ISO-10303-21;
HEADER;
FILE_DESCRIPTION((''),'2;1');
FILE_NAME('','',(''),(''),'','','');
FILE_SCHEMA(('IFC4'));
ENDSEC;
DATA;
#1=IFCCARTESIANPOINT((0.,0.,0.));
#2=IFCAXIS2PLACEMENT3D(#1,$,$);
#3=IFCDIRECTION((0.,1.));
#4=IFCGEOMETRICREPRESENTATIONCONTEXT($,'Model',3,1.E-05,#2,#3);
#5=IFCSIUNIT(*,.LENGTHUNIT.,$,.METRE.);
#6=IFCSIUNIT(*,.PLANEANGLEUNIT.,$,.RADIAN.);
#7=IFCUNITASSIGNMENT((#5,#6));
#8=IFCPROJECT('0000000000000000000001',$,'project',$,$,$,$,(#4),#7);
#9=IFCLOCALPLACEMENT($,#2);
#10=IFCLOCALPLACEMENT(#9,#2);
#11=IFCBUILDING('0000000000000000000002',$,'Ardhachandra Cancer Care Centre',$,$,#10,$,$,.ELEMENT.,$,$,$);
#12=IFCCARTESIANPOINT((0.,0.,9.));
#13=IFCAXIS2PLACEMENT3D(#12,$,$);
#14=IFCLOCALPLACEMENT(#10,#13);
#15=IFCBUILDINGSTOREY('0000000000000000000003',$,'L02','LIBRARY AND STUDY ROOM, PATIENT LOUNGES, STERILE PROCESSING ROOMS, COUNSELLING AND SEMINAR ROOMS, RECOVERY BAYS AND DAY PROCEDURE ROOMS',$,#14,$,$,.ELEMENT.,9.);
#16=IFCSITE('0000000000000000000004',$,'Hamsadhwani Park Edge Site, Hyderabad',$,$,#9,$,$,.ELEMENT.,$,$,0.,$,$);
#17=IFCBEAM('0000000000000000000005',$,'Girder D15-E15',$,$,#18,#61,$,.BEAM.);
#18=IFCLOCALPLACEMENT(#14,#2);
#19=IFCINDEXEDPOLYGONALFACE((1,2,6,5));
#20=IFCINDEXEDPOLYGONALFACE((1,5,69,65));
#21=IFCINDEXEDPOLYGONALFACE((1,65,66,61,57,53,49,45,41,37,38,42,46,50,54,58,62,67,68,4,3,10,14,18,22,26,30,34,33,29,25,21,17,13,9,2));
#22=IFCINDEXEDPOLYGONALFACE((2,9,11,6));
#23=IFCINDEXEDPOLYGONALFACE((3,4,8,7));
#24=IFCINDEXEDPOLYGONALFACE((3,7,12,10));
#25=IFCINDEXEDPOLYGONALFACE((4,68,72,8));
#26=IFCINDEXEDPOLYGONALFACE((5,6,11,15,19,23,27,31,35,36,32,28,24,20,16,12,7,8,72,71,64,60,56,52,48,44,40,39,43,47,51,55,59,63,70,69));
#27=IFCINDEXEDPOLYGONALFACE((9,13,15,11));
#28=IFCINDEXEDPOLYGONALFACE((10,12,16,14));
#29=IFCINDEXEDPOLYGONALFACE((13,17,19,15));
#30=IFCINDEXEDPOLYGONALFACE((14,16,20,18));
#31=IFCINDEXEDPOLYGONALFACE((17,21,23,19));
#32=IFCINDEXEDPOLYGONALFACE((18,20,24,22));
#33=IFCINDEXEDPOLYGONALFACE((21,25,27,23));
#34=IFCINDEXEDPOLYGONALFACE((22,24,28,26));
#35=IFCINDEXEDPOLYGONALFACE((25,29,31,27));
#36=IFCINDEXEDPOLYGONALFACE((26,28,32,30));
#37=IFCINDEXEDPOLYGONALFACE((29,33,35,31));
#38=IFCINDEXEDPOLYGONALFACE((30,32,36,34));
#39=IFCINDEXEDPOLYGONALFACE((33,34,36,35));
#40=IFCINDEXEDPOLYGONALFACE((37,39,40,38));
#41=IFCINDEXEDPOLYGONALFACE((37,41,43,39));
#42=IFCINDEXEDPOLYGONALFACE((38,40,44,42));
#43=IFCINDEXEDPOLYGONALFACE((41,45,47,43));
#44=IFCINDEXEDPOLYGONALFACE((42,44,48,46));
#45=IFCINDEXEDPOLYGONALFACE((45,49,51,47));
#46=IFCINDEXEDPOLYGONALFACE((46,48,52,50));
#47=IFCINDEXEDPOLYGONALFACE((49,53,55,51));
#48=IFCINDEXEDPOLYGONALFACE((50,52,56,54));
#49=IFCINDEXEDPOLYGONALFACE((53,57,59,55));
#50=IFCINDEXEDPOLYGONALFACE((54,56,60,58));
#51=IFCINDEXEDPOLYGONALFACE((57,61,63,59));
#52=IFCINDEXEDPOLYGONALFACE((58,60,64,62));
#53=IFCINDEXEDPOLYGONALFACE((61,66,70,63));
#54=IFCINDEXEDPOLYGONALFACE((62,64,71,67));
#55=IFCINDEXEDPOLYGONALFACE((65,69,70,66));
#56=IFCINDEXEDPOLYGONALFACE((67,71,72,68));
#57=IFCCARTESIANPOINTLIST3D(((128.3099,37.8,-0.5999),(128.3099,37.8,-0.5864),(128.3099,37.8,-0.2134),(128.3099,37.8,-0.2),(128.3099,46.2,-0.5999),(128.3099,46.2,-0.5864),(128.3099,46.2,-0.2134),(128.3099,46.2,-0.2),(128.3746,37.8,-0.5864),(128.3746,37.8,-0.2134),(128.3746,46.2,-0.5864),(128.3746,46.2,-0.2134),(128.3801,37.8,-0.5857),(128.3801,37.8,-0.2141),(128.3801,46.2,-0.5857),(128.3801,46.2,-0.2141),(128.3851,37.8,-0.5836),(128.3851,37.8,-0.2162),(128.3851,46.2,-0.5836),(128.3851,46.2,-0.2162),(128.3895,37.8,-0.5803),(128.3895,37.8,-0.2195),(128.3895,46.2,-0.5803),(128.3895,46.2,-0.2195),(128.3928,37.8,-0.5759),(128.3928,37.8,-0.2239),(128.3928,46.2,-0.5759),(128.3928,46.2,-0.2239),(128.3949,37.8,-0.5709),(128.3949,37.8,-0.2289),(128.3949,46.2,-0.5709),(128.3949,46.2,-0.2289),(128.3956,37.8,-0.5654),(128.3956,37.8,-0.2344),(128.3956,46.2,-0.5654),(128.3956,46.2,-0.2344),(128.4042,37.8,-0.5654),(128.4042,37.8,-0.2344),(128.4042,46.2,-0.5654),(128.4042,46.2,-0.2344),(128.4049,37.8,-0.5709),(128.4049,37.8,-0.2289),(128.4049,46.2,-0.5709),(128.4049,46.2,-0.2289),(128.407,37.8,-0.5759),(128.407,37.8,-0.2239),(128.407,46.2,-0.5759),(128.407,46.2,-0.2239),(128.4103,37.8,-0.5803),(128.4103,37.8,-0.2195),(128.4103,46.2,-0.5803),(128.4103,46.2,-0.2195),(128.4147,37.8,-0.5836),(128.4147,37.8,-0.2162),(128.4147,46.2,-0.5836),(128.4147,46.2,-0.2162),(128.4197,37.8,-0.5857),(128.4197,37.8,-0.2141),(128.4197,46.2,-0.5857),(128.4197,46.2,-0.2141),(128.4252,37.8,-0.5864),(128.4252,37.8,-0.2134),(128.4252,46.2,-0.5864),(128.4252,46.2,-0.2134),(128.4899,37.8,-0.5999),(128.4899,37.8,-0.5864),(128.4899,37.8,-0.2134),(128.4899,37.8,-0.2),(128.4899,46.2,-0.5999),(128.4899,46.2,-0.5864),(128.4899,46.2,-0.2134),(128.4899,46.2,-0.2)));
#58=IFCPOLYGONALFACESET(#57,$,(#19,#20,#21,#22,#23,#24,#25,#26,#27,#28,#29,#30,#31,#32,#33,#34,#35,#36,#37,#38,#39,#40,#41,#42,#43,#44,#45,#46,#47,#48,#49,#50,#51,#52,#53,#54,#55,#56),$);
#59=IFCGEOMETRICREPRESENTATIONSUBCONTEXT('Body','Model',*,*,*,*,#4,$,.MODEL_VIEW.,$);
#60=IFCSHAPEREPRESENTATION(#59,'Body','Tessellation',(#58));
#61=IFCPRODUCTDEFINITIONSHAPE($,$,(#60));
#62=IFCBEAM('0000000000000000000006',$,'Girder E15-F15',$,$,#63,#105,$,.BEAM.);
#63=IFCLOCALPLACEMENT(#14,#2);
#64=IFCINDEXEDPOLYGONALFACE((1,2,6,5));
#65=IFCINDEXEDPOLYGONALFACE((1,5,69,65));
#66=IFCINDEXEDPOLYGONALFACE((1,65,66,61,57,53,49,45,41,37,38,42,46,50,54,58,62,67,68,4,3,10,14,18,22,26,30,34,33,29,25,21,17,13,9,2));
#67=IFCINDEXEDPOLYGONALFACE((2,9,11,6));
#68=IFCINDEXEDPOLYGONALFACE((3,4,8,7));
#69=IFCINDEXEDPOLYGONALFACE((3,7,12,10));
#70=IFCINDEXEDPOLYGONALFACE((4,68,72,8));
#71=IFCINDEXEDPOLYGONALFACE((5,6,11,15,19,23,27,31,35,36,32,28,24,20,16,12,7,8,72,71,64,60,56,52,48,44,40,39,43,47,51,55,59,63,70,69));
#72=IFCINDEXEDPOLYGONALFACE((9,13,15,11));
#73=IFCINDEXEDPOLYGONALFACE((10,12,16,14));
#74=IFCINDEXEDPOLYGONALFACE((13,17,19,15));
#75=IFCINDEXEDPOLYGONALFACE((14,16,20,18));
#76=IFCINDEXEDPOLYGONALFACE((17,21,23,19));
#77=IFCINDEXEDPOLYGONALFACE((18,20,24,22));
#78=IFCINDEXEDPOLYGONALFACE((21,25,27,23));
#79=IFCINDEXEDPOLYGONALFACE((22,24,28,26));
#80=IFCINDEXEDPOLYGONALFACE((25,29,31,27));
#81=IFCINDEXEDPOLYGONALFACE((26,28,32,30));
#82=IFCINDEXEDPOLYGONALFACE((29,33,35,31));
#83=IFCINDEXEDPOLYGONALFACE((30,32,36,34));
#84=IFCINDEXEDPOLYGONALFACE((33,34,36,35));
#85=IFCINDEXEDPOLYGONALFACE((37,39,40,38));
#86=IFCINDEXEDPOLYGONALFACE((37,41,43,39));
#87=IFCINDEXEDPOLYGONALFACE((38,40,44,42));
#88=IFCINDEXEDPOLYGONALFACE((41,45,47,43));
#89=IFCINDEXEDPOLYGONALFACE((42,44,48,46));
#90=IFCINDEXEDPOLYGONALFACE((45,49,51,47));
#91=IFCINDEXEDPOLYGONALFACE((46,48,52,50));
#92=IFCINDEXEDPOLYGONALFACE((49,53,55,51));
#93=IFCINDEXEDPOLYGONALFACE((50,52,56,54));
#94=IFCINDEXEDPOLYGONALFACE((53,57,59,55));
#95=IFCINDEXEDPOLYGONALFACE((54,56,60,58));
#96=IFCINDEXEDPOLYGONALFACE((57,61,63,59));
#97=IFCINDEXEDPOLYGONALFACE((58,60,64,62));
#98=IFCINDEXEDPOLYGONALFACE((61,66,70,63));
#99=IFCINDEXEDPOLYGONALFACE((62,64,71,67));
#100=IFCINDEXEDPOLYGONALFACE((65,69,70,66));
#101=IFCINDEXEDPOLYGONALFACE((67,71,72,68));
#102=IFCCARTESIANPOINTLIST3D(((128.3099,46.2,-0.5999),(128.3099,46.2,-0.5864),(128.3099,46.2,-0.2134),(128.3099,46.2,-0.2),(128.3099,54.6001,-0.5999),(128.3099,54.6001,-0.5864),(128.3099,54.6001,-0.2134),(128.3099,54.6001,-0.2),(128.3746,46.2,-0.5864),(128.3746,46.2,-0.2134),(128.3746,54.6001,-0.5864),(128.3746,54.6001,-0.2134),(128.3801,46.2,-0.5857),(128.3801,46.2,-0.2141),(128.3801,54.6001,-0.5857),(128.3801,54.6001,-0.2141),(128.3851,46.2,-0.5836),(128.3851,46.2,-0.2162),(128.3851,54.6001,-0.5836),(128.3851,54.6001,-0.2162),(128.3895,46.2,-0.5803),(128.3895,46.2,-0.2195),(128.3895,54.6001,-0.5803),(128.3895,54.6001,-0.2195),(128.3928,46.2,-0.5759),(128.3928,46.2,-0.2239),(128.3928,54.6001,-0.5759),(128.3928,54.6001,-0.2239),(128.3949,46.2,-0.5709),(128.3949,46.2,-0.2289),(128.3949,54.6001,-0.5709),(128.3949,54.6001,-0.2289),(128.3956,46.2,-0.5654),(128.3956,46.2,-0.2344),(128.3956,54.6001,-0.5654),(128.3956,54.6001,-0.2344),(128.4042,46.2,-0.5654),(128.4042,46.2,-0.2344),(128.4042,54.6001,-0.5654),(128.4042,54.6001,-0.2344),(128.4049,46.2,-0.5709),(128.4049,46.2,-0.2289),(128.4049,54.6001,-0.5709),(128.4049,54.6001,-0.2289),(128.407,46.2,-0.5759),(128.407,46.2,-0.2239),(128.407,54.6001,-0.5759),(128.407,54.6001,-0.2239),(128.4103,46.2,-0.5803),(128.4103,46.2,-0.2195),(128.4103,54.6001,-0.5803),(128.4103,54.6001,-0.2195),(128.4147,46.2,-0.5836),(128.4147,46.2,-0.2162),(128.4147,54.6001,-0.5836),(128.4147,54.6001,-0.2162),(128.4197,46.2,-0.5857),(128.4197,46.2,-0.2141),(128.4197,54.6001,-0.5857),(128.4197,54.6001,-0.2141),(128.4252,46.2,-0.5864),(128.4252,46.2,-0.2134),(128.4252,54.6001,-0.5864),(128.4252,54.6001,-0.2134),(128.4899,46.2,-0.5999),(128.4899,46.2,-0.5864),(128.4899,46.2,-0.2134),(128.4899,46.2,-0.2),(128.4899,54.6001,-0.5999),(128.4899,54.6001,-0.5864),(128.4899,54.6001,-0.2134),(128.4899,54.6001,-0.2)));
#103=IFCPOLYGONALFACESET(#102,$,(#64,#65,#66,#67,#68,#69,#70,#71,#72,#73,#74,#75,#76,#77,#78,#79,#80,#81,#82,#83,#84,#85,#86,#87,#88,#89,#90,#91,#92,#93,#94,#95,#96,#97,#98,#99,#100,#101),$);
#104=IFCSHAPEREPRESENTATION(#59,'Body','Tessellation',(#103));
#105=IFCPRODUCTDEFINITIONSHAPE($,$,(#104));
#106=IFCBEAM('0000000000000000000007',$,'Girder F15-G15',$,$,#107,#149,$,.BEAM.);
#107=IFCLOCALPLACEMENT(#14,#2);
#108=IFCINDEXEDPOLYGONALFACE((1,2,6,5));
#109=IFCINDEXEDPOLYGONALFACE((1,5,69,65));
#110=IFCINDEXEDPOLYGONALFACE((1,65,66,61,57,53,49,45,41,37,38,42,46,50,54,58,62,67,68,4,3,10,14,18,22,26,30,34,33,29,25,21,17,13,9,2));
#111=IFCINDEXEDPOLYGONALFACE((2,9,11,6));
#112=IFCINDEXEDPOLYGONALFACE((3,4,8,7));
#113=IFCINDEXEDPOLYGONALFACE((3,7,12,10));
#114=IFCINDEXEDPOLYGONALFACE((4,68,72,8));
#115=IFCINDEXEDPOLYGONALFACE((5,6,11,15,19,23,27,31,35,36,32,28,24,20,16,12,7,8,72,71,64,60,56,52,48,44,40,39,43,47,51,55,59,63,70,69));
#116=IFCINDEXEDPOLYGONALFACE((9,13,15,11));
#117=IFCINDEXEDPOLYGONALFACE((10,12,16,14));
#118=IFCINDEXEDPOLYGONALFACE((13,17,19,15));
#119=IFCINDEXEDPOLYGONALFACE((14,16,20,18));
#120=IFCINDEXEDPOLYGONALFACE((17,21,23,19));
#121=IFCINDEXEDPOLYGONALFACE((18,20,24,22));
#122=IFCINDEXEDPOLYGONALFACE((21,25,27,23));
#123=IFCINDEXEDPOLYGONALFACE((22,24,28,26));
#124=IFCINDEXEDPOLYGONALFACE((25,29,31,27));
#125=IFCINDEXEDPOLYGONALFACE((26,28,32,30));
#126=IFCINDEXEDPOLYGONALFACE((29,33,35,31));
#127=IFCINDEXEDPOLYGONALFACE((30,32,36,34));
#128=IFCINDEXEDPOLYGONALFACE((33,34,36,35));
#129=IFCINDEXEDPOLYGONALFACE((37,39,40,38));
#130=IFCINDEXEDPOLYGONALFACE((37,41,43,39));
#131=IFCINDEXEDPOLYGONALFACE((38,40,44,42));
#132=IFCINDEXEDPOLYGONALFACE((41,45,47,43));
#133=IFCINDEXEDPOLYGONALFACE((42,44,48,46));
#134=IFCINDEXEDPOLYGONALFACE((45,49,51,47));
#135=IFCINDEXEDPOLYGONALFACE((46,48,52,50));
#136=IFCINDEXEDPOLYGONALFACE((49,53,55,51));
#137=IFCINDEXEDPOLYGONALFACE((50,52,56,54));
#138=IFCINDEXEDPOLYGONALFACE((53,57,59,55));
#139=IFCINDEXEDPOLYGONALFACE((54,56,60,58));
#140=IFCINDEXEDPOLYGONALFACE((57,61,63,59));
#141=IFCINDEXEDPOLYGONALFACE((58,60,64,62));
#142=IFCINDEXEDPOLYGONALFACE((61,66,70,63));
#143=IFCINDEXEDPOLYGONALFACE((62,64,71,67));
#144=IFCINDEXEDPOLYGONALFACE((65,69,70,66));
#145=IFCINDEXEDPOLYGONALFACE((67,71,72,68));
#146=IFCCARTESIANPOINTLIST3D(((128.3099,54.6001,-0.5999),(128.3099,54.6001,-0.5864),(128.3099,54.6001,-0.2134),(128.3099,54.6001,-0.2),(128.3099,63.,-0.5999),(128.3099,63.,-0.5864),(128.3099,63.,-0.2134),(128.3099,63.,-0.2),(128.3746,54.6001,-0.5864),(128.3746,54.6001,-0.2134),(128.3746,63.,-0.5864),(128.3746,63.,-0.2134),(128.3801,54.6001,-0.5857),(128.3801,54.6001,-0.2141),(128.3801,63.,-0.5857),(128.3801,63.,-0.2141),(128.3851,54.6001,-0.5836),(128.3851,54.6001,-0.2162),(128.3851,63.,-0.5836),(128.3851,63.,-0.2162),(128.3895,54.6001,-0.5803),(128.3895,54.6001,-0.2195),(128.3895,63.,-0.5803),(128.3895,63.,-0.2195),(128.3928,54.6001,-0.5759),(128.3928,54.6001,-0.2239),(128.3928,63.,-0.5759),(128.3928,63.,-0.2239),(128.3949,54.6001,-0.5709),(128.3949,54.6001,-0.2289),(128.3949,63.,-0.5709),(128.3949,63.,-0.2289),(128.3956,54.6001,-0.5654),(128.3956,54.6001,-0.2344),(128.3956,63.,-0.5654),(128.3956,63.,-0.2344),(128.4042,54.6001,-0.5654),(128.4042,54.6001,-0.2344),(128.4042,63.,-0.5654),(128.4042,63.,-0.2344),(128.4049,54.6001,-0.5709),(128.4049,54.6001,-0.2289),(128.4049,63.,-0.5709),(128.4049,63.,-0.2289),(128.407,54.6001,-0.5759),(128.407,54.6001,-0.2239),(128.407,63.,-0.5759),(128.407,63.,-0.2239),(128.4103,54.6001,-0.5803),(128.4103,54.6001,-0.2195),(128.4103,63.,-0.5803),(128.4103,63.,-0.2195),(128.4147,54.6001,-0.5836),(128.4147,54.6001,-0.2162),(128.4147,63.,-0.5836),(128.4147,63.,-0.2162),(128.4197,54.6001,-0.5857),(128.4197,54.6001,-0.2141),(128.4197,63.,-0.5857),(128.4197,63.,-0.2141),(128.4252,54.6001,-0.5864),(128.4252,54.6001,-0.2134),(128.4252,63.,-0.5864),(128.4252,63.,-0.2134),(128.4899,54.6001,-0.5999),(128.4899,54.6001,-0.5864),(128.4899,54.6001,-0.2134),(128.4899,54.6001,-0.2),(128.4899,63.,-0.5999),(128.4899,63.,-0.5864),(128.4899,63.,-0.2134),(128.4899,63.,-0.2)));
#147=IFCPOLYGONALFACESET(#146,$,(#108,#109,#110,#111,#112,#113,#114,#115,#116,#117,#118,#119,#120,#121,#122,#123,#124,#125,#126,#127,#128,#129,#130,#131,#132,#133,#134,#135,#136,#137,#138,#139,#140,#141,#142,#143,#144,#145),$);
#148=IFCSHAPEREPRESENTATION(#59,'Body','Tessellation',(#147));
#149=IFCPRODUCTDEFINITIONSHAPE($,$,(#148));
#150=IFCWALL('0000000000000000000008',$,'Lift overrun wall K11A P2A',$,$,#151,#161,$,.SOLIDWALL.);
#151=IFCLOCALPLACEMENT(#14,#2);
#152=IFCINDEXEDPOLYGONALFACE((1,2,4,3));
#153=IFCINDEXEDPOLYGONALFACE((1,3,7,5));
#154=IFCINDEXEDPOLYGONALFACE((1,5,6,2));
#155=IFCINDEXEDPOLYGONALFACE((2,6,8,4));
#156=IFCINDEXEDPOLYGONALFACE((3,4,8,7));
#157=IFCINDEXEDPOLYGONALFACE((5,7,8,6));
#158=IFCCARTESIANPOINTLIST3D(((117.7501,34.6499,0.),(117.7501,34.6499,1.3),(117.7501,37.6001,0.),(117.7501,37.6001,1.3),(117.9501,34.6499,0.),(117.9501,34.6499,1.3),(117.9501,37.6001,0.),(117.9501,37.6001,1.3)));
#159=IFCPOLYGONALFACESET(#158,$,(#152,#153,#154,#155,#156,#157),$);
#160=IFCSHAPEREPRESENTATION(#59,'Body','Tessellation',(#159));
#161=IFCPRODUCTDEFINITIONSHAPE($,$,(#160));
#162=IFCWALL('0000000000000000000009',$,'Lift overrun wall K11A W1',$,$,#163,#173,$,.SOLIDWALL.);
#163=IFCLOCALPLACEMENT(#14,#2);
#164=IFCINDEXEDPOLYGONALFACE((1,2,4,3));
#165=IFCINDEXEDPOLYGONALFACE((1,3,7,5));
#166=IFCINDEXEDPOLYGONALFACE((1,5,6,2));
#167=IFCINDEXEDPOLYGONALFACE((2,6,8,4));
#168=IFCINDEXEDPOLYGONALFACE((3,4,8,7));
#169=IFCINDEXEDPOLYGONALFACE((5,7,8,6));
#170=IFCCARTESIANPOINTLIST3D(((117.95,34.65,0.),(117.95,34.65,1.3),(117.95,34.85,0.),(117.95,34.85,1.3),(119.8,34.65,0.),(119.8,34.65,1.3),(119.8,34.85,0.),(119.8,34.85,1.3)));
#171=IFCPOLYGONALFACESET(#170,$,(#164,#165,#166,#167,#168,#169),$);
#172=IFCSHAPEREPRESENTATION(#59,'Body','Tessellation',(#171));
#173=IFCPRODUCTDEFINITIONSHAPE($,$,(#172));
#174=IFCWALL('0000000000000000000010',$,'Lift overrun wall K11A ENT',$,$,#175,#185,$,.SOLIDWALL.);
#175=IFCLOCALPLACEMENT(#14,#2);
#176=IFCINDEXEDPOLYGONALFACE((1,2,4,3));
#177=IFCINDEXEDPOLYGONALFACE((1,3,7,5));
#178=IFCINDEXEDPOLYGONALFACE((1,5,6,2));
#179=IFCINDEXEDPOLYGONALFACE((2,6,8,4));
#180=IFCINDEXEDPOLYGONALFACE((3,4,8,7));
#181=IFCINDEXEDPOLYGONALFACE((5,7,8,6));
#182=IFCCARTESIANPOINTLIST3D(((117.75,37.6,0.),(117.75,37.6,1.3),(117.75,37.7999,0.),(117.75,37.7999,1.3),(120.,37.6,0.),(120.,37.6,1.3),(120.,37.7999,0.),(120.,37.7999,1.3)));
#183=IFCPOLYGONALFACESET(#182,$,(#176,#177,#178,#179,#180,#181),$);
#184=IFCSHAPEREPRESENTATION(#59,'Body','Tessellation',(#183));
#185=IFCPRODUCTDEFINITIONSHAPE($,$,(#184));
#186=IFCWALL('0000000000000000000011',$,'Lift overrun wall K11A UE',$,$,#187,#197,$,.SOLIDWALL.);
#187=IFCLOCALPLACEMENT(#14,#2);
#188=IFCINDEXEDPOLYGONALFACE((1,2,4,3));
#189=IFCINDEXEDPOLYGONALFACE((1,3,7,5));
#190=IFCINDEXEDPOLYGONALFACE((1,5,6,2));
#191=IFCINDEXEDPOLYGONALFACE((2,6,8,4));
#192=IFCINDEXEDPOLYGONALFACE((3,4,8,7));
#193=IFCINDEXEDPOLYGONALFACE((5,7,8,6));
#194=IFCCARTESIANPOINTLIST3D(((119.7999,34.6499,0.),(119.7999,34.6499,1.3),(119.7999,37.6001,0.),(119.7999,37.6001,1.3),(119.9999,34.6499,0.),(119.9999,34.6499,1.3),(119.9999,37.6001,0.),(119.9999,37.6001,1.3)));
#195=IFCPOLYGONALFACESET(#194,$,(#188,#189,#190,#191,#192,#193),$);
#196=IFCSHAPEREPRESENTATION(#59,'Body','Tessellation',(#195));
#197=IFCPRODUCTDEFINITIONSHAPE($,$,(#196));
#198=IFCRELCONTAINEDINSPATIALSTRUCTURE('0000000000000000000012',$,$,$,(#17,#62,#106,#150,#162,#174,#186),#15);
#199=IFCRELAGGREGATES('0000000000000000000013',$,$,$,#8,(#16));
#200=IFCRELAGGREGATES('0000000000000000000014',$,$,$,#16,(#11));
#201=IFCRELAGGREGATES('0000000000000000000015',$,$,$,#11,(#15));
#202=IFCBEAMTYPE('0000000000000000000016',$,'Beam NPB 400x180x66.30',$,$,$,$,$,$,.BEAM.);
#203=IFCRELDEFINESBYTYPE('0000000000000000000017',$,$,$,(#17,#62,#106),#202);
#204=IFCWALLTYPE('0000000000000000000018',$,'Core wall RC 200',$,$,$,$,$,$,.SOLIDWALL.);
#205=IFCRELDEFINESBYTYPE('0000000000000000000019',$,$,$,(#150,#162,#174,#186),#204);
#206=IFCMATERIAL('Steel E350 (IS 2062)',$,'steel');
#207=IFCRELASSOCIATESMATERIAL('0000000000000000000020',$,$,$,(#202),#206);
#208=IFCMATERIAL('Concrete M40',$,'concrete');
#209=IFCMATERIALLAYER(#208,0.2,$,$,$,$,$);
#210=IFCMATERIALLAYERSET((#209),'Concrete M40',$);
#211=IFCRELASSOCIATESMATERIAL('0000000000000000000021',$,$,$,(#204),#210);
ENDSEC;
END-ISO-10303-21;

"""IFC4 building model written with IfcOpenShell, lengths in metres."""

from ifc_helpers import new_model, si_unit, direction, frame, frame_2d, origin, origin_2d, place, context, subcontext, project, spatial, rectangle, i_section, extrude, material, layer, layer_set, material_profile, profile_set, type_object, element, save


model = new_model("IFC4")

# Units and contexts
model_context = context("Model", 3, precision=1e-05, world=origin(), true_north=direction((0.0, 1.0)))
body_context = subcontext(model_context, "Body", "Model", "MODEL_VIEW")
ifc_project = project(units=[si_unit("LENGTHUNIT", "METRE"), si_unit("PLANEANGLEUNIT", "RADIAN")], contexts=[model_context])

# Site, building, storey
site_placement = place(None, origin())
site = spatial("IfcSite", under=ifc_project, at=site_placement, Name="Hamsadhwani Park Edge Site, Hyderabad", CompositionType="ELEMENT", RefElevation=0.0)
building_placement = place(site_placement, origin())
building = spatial("IfcBuilding", under=site, at=building_placement, Name="Ardhachandra Cancer Care Centre", CompositionType="ELEMENT")
storey_placement = place(building_placement, frame((0.0, 0.0, 9.0)))
storey = spatial("IfcBuildingStorey", under=building, at=storey_placement, Name="L02", Description="LIBRARY AND STUDY ROOM, PATIENT LOUNGES, STERILE PROCESSING ROOMS, COUNSELLING AND SEMINAR ROOMS, RECOVERY BAYS AND DAY PROCEDURE ROOMS", CompositionType="ELEMENT", Elevation=9.0)

# Beams
ifc_material_1 = material(Name="Steel E350 (IS 2062)", Category="steel")
ifc_material_profile_1 = material_profile(ifc_material_1, i_section(OverallWidth=0.1799, OverallDepth=0.3999, WebThickness=0.0085, FlangeThickness=0.0134, FilletRadius=0.021, at=origin_2d()), Name="NPB 400x180x66.30")
ifc_profile_set_1 = profile_set([ifc_material_profile_1], Name="Steel E350 (IS 2062)")
beam_type_1 = type_object("IfcBeamType", Name="Beam NPB 400x180x66.30", PredefinedType="BEAM", material=ifc_profile_set_1)
beam_1_placement = place(storey_placement, frame((128.3999, 37.8, -0.3999), z_axis=(0.0, 1.0, 0.0), x_axis=(-1.0, 0.0, 0.0)))
element("IfcBeam", 1, at=beam_1_placement, inside=storey, type_object=beam_type_1, Name="Girder D15-E15", PredefinedType="BEAM", context=body_context, shape_type="SweptSolid", body=[
    extrude(i_section(OverallWidth=0.1799, OverallDepth=0.3999, WebThickness=0.0085, FlangeThickness=0.0134, FilletRadius=0.021, at=origin_2d()), origin(), (0.0, 0.0, 1.0), 8.3999),
])
beam_2_placement = place(storey_placement, frame((128.3999, 46.2, -0.3999), z_axis=(0.0, 1.0, 0.0), x_axis=(-1.0, 0.0, 0.0)))
element("IfcBeam", 2, at=beam_2_placement, inside=storey, type_object=beam_type_1, Name="Girder E15-F15", PredefinedType="BEAM", context=body_context, shape_type="SweptSolid", body=[
    extrude(i_section(OverallWidth=0.1799, OverallDepth=0.3999, WebThickness=0.0085, FlangeThickness=0.0134, FilletRadius=0.021, at=origin_2d()), origin(), (0.0, 0.0, 1.0), 8.4001),
])
beam_3_placement = place(storey_placement, frame((128.3999, 54.6001, -0.3999), z_axis=(0.0, 1.0, 0.0), x_axis=(-1.0, 0.0, 0.0)))
element("IfcBeam", 3, at=beam_3_placement, inside=storey, type_object=beam_type_1, Name="Girder F15-G15", PredefinedType="BEAM", context=body_context, shape_type="SweptSolid", body=[
    extrude(i_section(OverallWidth=0.1799, OverallDepth=0.3999, WebThickness=0.0085, FlangeThickness=0.0134, FilletRadius=0.021, at=origin_2d()), origin(), (0.0, 0.0, 1.0), 8.3999),
])

# Walls
ifc_material_2 = material(Name="Concrete M40", Category="concrete")
ifc_layer = layer(ifc_material_2, 0.2)
ifc_layer_set = layer_set([ifc_layer], Name="Concrete M40")
wall_type = type_object("IfcWallType", Name="Core wall RC 200", PredefinedType="SOLIDWALL", material=ifc_layer_set)
wall_1_placement = place(storey_placement, frame((117.8501, 37.6001, 0.0), z_axis=(0.0, 0.0, 1.0), x_axis=(0.0, -1.0, 0.0)))
element("IfcWall", 4, at=wall_1_placement, inside=storey, type_object=wall_type, Name="Lift overrun wall K11A P2A", PredefinedType="SOLIDWALL", context=body_context, shape_type="SweptSolid", body=[
    extrude(rectangle(XDim=2.9502, YDim=0.2, at=frame_2d((1.4751, 0.0))), origin(), (0.0, 0.0, 1.0), 1.3),
])
wall_2_placement = place(storey_placement, frame((117.95, 34.75, 0.0), z_axis=(0.0, 0.0, 1.0), x_axis=(1.0, 0.0, 0.0)))
element("IfcWall", 5, at=wall_2_placement, inside=storey, type_object=wall_type, Name="Lift overrun wall K11A W1", PredefinedType="SOLIDWALL", context=body_context, shape_type="SweptSolid", body=[
    extrude(rectangle(XDim=1.8501, YDim=0.2, at=frame_2d((0.925, 0.0))), origin(), (0.0, 0.0, 1.0), 1.3),
])
wall_3_placement = place(storey_placement, frame((117.75, 37.7, 0.0), z_axis=(0.0, 0.0, 1.0), x_axis=(1.0, 0.0, 0.0)))
element("IfcWall", 6, at=wall_3_placement, inside=storey, type_object=wall_type, Name="Lift overrun wall K11A ENT", PredefinedType="SOLIDWALL", context=body_context, shape_type="SweptSolid", body=[
    extrude(rectangle(XDim=2.25, YDim=0.2, at=frame_2d((1.125, 0.0))), origin(), (0.0, 0.0, 1.0), 1.3),
])
wall_4_placement = place(storey_placement, frame((119.8999, 37.6001, 0.0), z_axis=(0.0, 0.0, 1.0), x_axis=(0.0, -1.0, 0.0)))
element("IfcWall", 7, at=wall_4_placement, inside=storey, type_object=wall_type, Name="Lift overrun wall K11A UE", PredefinedType="SOLIDWALL", context=body_context, shape_type="SweptSolid", body=[
    extrude(rectangle(XDim=2.9502, YDim=0.2, at=frame_2d((1.4751, 0.0))), origin(), (0.0, 0.0, 1.0), 1.3),
])

save(model, "model.ifc")
